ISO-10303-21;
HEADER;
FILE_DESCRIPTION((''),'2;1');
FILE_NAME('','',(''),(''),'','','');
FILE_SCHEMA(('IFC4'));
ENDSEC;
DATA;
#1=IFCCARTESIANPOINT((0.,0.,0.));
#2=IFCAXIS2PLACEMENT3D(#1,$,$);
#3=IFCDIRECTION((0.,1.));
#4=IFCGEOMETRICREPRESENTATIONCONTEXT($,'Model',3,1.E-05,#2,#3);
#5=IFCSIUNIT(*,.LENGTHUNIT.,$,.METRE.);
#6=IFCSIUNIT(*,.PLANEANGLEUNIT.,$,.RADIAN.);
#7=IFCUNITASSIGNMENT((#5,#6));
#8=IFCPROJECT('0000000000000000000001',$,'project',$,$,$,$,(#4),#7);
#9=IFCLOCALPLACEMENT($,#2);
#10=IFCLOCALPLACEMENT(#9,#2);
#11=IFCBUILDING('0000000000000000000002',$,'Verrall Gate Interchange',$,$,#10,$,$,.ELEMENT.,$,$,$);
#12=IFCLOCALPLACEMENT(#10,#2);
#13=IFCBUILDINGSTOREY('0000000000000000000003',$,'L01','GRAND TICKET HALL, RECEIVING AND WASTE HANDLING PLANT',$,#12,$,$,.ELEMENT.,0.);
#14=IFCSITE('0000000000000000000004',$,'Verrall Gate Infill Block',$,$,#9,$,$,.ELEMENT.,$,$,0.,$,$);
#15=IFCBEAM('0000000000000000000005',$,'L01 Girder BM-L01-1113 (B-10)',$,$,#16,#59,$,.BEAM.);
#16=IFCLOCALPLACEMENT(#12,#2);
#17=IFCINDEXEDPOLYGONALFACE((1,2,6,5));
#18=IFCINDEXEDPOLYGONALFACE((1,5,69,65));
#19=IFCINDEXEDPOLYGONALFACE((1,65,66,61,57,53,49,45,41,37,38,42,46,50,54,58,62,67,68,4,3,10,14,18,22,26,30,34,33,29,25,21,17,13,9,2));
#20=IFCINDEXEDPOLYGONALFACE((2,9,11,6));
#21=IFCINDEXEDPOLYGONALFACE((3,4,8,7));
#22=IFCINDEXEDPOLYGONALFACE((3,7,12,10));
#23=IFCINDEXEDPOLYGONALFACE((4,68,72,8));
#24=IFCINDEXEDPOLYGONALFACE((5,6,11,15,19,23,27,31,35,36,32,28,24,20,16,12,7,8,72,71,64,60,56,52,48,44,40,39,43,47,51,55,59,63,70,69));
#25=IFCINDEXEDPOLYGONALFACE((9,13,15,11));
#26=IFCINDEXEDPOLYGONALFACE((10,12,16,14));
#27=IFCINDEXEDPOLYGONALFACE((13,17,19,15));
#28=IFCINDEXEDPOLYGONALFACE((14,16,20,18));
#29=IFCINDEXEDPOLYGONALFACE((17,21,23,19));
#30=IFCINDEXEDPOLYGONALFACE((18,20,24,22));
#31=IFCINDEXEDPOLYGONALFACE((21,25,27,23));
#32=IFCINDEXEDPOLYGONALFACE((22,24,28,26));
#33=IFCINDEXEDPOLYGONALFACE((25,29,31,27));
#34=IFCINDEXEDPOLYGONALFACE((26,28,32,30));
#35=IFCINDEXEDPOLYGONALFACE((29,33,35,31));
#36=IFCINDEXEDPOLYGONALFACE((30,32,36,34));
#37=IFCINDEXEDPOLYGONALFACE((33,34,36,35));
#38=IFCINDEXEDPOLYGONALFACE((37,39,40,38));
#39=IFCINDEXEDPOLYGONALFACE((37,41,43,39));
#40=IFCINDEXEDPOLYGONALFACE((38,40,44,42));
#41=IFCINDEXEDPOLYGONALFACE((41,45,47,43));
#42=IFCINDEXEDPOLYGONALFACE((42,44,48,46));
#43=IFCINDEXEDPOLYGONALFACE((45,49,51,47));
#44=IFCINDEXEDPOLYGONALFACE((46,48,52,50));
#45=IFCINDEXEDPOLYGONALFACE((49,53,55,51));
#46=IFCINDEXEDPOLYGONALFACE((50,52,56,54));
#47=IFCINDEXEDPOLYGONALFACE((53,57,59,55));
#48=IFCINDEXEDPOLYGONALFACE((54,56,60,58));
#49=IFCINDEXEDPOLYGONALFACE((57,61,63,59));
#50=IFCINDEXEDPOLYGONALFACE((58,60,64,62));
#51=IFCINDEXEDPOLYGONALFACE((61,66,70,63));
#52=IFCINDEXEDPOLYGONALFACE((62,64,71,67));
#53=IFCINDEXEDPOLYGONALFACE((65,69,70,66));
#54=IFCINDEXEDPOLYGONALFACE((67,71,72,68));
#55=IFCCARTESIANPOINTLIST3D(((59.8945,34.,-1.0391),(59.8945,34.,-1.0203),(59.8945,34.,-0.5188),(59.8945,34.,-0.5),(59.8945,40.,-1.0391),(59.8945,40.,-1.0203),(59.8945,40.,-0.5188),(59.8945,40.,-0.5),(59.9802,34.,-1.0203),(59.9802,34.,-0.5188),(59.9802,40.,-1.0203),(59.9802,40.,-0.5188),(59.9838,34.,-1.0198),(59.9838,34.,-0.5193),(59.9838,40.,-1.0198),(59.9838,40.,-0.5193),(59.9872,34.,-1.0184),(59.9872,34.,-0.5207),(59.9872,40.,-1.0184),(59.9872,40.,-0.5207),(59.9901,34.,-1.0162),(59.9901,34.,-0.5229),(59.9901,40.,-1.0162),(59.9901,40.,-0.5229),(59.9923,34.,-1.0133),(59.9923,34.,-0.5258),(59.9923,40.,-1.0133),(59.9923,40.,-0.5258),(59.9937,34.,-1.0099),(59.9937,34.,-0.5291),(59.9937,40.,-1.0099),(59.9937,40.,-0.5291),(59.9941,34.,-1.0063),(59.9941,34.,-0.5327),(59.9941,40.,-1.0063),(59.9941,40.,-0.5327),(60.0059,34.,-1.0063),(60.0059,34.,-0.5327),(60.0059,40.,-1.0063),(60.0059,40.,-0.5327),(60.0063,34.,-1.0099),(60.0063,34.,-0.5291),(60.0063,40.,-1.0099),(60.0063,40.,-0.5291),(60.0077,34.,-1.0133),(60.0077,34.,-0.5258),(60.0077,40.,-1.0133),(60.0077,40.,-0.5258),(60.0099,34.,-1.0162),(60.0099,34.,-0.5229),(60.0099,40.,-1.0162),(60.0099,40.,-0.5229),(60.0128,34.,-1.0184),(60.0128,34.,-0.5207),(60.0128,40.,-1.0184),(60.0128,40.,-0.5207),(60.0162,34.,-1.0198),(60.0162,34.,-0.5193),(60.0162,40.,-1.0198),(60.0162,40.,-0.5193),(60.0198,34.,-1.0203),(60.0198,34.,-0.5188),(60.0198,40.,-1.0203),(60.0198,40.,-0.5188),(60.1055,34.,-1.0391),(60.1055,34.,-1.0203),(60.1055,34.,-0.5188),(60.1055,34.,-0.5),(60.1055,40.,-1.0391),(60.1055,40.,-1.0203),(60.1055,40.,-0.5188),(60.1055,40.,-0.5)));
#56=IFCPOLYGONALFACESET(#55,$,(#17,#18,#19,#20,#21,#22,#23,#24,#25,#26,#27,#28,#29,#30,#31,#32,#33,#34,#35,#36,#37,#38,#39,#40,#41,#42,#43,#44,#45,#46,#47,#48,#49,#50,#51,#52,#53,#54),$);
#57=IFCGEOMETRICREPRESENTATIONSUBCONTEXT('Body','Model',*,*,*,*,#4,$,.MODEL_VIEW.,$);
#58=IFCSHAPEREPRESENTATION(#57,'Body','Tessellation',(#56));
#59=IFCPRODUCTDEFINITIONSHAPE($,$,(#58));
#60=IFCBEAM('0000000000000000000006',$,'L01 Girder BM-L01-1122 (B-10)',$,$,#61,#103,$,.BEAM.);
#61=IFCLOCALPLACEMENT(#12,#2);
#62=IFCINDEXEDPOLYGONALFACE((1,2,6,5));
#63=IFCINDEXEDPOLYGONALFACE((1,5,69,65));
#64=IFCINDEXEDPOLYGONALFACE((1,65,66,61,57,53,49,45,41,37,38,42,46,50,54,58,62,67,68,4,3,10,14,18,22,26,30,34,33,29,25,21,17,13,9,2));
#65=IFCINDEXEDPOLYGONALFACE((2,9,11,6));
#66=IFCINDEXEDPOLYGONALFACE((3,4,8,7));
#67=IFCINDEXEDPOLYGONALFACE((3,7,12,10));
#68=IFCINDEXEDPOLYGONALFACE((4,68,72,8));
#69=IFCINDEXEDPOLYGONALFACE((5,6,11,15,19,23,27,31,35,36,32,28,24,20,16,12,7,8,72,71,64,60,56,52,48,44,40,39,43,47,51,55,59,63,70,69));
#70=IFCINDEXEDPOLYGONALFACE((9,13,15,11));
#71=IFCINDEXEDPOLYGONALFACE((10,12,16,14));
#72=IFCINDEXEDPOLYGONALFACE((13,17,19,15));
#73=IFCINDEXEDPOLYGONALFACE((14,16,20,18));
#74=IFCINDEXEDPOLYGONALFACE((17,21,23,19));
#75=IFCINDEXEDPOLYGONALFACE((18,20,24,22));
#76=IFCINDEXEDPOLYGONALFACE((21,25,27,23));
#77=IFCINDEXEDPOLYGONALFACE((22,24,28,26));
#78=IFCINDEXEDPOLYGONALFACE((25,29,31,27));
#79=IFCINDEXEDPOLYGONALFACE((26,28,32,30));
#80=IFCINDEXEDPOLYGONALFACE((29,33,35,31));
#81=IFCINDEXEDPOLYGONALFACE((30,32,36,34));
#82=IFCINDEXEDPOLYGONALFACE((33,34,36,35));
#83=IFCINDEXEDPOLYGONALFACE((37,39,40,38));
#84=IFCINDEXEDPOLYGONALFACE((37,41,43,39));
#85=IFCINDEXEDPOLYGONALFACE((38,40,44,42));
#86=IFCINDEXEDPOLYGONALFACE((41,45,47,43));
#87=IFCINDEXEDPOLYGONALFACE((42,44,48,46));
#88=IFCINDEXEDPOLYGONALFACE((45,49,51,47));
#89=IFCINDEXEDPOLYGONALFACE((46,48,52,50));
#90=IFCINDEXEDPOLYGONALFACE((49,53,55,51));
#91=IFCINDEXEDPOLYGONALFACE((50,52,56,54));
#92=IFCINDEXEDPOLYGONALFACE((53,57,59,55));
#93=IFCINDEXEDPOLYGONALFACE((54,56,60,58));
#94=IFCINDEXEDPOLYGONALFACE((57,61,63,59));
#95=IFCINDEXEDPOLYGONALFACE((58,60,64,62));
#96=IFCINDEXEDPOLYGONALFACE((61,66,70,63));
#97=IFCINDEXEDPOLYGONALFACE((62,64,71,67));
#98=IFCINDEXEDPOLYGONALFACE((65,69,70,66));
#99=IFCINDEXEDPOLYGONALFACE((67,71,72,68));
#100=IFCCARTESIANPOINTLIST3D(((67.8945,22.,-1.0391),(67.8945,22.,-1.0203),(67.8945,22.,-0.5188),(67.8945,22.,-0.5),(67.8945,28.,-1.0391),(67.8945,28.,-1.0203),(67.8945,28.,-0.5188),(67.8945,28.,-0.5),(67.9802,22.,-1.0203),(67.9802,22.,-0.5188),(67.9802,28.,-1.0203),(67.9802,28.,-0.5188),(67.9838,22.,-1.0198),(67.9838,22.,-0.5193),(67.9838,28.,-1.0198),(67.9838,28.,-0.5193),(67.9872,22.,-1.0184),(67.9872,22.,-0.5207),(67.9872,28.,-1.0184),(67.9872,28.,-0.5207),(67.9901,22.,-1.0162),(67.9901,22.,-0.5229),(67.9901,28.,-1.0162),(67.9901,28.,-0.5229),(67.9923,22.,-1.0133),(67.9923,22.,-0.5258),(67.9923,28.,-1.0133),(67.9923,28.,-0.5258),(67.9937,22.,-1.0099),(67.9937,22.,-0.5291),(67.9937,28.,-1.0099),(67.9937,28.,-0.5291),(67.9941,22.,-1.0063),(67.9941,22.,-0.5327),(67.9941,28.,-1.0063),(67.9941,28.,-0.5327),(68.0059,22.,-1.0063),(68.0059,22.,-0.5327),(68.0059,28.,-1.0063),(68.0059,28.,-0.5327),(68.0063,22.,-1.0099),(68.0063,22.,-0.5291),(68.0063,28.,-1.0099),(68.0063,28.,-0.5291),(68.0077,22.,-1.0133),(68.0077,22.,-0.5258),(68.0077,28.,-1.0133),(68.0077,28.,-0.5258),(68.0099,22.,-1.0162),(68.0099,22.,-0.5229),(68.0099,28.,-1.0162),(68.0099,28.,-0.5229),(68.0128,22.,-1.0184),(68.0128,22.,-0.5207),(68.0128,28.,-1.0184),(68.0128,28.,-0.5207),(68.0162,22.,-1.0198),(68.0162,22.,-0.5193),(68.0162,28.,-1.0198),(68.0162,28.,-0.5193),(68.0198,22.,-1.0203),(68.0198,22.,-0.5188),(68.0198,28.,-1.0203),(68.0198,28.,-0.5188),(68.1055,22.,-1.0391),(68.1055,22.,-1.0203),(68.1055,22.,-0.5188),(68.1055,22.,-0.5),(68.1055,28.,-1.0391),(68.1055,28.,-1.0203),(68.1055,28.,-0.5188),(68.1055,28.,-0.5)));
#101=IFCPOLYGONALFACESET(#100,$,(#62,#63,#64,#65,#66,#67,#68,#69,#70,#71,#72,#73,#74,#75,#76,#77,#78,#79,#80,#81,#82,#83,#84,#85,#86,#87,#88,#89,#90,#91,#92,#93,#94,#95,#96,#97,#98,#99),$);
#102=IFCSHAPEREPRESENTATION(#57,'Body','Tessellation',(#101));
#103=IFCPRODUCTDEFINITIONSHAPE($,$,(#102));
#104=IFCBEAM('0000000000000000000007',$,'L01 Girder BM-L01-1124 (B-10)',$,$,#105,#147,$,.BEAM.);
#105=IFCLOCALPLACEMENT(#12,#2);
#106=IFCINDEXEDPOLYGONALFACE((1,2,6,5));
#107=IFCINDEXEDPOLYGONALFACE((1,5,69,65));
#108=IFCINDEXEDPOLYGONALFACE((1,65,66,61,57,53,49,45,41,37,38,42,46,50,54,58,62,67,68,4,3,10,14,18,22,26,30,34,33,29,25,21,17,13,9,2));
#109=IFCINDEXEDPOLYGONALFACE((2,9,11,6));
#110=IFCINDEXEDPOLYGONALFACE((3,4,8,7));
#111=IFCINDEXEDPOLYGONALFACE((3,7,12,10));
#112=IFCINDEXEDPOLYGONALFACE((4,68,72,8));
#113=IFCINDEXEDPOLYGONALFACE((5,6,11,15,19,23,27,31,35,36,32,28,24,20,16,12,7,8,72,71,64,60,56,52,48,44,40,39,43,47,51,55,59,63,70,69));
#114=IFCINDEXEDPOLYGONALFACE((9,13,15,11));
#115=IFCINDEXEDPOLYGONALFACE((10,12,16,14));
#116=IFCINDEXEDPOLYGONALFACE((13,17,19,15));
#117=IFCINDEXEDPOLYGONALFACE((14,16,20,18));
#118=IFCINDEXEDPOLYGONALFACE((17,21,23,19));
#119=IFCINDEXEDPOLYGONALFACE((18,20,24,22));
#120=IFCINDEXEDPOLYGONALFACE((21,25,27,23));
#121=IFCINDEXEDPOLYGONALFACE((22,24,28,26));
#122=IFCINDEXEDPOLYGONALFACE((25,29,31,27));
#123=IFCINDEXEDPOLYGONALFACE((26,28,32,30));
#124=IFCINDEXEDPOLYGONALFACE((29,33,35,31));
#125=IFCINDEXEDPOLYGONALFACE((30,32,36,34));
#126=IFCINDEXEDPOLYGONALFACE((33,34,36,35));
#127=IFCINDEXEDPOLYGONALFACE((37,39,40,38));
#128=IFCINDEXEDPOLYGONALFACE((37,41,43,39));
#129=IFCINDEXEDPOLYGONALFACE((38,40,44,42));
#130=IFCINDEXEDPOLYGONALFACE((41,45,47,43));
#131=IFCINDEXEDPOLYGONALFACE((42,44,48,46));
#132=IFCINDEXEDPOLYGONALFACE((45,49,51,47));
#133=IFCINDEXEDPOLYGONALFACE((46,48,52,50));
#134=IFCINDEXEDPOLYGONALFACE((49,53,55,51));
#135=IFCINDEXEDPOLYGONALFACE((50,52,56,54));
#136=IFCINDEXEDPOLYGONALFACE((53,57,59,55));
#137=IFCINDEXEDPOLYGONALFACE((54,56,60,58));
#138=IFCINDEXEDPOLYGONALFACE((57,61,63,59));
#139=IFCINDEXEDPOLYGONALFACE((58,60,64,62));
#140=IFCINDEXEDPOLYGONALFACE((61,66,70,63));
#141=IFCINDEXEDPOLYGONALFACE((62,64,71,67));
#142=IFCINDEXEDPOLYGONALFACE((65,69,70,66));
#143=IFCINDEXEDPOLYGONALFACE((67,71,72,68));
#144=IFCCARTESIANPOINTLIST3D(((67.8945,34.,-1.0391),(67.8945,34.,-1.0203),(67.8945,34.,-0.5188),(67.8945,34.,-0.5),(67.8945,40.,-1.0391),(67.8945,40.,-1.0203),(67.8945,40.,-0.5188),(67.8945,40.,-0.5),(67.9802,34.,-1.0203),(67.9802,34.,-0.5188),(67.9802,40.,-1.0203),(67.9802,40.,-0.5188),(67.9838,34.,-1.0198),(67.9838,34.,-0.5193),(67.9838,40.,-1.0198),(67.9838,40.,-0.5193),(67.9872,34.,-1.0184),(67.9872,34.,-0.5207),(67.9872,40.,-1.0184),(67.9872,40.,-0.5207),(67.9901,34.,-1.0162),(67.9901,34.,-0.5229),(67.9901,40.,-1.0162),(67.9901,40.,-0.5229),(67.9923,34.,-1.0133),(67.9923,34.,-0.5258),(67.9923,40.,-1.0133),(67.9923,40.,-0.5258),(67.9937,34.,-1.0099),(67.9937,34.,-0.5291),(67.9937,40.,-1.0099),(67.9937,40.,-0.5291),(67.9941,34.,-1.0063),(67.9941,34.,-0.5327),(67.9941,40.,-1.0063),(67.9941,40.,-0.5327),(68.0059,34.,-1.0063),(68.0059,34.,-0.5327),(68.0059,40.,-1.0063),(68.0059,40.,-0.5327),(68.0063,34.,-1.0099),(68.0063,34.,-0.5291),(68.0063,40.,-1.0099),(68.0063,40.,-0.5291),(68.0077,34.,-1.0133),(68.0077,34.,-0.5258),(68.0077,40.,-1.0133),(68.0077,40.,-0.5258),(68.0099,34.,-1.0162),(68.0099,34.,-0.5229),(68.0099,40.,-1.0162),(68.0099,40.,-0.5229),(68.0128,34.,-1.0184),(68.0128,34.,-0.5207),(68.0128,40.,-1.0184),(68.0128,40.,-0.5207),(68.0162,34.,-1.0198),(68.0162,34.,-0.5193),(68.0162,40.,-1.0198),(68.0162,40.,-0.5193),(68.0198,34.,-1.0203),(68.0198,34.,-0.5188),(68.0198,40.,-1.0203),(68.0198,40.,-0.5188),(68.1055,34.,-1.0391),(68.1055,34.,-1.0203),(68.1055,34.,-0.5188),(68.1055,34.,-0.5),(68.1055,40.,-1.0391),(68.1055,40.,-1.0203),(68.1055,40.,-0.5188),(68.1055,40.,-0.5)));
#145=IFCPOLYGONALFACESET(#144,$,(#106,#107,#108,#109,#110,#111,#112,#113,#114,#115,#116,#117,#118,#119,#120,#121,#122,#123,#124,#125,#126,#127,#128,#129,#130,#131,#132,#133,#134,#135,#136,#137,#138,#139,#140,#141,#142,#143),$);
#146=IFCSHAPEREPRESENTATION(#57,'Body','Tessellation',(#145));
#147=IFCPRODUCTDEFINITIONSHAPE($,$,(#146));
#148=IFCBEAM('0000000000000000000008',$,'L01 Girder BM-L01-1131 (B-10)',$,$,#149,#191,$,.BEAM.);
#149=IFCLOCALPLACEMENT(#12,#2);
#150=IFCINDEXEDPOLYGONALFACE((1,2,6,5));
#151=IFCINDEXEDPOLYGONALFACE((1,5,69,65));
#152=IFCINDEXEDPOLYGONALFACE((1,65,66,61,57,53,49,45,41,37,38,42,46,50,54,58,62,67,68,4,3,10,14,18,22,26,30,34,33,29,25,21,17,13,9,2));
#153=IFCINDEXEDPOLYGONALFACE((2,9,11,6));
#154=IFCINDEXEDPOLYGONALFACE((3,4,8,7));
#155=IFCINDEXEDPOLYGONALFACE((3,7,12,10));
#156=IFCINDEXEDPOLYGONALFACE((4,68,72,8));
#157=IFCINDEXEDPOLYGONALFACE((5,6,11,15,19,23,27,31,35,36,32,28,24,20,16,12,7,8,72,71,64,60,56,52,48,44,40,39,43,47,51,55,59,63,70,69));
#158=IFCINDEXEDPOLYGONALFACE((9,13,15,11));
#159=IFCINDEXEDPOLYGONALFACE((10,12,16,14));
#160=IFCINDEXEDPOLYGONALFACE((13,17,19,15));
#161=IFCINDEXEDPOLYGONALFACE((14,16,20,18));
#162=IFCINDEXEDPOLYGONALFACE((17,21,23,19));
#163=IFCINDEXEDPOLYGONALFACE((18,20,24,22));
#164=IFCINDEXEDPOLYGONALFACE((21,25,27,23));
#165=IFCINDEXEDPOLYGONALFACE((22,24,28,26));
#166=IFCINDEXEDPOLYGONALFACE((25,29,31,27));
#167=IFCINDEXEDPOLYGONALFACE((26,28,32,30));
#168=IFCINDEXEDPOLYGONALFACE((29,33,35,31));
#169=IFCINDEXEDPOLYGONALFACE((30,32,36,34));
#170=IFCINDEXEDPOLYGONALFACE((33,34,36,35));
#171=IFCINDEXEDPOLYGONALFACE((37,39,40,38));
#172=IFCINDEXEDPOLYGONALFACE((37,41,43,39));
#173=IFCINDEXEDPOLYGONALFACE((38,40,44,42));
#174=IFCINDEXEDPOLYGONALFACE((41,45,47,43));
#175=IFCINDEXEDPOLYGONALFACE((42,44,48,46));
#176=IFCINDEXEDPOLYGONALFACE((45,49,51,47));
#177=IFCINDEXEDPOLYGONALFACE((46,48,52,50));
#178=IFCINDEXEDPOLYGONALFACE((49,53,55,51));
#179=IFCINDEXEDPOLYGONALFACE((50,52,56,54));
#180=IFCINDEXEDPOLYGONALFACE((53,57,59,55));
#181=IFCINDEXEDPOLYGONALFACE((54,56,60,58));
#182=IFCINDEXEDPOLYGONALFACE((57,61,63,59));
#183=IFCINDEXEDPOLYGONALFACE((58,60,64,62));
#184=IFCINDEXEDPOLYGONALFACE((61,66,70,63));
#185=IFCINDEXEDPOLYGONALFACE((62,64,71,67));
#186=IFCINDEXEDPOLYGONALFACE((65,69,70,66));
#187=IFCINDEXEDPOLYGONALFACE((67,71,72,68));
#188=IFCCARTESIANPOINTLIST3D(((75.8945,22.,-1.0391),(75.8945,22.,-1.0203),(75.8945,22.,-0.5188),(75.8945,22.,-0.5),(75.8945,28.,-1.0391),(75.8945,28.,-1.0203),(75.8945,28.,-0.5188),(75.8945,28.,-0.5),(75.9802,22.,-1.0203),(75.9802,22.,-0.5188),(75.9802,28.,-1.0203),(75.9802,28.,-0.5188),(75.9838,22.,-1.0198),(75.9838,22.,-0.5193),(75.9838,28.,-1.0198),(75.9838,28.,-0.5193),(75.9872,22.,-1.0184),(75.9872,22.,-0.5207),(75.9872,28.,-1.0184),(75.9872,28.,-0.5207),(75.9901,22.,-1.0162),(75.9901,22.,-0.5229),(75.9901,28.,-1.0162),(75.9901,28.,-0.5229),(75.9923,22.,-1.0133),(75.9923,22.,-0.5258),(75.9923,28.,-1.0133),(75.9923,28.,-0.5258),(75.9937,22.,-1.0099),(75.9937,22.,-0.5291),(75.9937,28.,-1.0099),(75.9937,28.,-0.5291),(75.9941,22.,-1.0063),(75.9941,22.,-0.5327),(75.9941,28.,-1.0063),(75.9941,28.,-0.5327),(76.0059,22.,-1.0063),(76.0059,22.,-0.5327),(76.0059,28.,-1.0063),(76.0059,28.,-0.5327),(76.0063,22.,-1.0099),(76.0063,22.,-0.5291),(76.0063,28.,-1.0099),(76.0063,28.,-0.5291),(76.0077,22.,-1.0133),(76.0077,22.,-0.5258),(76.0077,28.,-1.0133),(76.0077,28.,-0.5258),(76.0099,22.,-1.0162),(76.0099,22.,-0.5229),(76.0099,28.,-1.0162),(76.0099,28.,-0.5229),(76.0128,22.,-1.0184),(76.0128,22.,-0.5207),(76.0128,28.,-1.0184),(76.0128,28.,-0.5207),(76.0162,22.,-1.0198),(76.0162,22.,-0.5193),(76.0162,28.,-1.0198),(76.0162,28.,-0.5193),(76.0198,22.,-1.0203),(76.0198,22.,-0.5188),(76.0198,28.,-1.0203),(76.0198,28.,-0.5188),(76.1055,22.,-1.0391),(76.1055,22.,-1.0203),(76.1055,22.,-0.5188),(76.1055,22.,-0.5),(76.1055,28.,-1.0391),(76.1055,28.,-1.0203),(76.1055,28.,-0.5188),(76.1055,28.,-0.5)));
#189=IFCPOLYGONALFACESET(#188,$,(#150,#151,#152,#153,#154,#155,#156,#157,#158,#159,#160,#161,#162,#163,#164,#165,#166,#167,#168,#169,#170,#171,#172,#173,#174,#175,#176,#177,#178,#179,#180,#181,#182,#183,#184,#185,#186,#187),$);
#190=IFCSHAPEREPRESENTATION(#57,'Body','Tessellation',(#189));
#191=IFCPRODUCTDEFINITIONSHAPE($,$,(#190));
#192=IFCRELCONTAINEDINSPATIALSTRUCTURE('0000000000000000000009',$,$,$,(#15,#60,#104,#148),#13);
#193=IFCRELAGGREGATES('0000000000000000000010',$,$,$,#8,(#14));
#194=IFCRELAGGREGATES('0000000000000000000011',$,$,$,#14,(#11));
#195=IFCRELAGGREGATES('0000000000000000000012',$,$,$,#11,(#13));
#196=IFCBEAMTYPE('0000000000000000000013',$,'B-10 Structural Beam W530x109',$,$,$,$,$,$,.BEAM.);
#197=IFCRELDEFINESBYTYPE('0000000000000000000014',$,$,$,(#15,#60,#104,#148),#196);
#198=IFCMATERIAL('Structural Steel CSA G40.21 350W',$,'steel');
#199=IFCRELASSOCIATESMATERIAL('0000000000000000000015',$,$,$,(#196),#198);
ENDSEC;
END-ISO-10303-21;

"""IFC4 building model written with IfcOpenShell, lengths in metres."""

from ifc_helpers import new_model, si_unit, direction, frame, origin, origin_2d, place, context, subcontext, project, spatial, i_section, extrude, material, material_profile, profile_set, type_object, element, save


model = new_model("IFC4")

# Units and contexts
model_context = context("Model", 3, precision=1e-05, world=origin(), true_north=direction((0.0, 1.0)))
body_context = subcontext(model_context, "Body", "Model", "MODEL_VIEW")
ifc_project = project(units=[si_unit("LENGTHUNIT", "METRE"), si_unit("PLANEANGLEUNIT", "RADIAN")], contexts=[model_context])

# Site, building, storey
site_placement = place(None, origin())
site = spatial("IfcSite", under=ifc_project, at=site_placement, Name="Verrall Gate Infill Block", CompositionType="ELEMENT", RefElevation=0.0)
building_placement = place(site_placement, origin())
building = spatial("IfcBuilding", under=site, at=building_placement, Name="Verrall Gate Interchange", CompositionType="ELEMENT")
storey_placement = place(building_placement, origin())
storey = spatial("IfcBuildingStorey", under=building, at=storey_placement, Name="L01", Description="GRAND TICKET HALL, RECEIVING AND WASTE HANDLING PLANT", CompositionType="ELEMENT", Elevation=0.0)

# Beams
ifc_material_1 = material(Name="Structural Steel CSA G40.21 350W", Category="steel")
ifc_material_profile_1 = material_profile(ifc_material_1, i_section(OverallWidth=0.2109, OverallDepth=0.5391, WebThickness=0.0117, FlangeThickness=0.0188, FilletRadius=0.0139, at=origin_2d()), Name="W530x109")
ifc_profile_set_1 = profile_set([ifc_material_profile_1], Name="Structural Steel CSA G40.21 350W")
beam_type_1 = type_object("IfcBeamType", Name="B-10 Structural Beam W530x109", PredefinedType="BEAM", material=ifc_profile_set_1)
for number, where, z_axis, x_axis, name in (
    (1, (60.0, 34.0, -0.7695), (0.0, 1.0, 0.0), (-1.0, 0.0, 0.0), "L01 Girder BM-L01-1113 (B-10)"),
    (2, (68.0, 22.0, -0.7695), (0.0, 1.0, 0.0), (-1.0, 0.0, 0.0), "L01 Girder BM-L01-1122 (B-10)"),
    (3, (68.0, 34.0, -0.7695), (0.0, 1.0, 0.0), (-1.0, 0.0, 0.0), "L01 Girder BM-L01-1124 (B-10)"),
    (4, (76.0, 22.0, -0.7695), (0.0, 1.0, 0.0), (-1.0, 0.0, 0.0), "L01 Girder BM-L01-1131 (B-10)"),
):
    element("IfcBeam", number, at=place(storey_placement, frame(where, z_axis=z_axis, x_axis=x_axis)), inside=storey, type_object=beam_type_1, Name=name, PredefinedType="BEAM", context=body_context, shape_type="SweptSolid", body=[
        extrude(i_section(OverallWidth=0.2109, OverallDepth=0.5391, WebThickness=0.0117, FlangeThickness=0.0188, FilletRadius=0.0139, at=origin_2d()), origin(), (0.0, 0.0, 1.0), 6.0),
    ])

save(model, "model.ifc")
